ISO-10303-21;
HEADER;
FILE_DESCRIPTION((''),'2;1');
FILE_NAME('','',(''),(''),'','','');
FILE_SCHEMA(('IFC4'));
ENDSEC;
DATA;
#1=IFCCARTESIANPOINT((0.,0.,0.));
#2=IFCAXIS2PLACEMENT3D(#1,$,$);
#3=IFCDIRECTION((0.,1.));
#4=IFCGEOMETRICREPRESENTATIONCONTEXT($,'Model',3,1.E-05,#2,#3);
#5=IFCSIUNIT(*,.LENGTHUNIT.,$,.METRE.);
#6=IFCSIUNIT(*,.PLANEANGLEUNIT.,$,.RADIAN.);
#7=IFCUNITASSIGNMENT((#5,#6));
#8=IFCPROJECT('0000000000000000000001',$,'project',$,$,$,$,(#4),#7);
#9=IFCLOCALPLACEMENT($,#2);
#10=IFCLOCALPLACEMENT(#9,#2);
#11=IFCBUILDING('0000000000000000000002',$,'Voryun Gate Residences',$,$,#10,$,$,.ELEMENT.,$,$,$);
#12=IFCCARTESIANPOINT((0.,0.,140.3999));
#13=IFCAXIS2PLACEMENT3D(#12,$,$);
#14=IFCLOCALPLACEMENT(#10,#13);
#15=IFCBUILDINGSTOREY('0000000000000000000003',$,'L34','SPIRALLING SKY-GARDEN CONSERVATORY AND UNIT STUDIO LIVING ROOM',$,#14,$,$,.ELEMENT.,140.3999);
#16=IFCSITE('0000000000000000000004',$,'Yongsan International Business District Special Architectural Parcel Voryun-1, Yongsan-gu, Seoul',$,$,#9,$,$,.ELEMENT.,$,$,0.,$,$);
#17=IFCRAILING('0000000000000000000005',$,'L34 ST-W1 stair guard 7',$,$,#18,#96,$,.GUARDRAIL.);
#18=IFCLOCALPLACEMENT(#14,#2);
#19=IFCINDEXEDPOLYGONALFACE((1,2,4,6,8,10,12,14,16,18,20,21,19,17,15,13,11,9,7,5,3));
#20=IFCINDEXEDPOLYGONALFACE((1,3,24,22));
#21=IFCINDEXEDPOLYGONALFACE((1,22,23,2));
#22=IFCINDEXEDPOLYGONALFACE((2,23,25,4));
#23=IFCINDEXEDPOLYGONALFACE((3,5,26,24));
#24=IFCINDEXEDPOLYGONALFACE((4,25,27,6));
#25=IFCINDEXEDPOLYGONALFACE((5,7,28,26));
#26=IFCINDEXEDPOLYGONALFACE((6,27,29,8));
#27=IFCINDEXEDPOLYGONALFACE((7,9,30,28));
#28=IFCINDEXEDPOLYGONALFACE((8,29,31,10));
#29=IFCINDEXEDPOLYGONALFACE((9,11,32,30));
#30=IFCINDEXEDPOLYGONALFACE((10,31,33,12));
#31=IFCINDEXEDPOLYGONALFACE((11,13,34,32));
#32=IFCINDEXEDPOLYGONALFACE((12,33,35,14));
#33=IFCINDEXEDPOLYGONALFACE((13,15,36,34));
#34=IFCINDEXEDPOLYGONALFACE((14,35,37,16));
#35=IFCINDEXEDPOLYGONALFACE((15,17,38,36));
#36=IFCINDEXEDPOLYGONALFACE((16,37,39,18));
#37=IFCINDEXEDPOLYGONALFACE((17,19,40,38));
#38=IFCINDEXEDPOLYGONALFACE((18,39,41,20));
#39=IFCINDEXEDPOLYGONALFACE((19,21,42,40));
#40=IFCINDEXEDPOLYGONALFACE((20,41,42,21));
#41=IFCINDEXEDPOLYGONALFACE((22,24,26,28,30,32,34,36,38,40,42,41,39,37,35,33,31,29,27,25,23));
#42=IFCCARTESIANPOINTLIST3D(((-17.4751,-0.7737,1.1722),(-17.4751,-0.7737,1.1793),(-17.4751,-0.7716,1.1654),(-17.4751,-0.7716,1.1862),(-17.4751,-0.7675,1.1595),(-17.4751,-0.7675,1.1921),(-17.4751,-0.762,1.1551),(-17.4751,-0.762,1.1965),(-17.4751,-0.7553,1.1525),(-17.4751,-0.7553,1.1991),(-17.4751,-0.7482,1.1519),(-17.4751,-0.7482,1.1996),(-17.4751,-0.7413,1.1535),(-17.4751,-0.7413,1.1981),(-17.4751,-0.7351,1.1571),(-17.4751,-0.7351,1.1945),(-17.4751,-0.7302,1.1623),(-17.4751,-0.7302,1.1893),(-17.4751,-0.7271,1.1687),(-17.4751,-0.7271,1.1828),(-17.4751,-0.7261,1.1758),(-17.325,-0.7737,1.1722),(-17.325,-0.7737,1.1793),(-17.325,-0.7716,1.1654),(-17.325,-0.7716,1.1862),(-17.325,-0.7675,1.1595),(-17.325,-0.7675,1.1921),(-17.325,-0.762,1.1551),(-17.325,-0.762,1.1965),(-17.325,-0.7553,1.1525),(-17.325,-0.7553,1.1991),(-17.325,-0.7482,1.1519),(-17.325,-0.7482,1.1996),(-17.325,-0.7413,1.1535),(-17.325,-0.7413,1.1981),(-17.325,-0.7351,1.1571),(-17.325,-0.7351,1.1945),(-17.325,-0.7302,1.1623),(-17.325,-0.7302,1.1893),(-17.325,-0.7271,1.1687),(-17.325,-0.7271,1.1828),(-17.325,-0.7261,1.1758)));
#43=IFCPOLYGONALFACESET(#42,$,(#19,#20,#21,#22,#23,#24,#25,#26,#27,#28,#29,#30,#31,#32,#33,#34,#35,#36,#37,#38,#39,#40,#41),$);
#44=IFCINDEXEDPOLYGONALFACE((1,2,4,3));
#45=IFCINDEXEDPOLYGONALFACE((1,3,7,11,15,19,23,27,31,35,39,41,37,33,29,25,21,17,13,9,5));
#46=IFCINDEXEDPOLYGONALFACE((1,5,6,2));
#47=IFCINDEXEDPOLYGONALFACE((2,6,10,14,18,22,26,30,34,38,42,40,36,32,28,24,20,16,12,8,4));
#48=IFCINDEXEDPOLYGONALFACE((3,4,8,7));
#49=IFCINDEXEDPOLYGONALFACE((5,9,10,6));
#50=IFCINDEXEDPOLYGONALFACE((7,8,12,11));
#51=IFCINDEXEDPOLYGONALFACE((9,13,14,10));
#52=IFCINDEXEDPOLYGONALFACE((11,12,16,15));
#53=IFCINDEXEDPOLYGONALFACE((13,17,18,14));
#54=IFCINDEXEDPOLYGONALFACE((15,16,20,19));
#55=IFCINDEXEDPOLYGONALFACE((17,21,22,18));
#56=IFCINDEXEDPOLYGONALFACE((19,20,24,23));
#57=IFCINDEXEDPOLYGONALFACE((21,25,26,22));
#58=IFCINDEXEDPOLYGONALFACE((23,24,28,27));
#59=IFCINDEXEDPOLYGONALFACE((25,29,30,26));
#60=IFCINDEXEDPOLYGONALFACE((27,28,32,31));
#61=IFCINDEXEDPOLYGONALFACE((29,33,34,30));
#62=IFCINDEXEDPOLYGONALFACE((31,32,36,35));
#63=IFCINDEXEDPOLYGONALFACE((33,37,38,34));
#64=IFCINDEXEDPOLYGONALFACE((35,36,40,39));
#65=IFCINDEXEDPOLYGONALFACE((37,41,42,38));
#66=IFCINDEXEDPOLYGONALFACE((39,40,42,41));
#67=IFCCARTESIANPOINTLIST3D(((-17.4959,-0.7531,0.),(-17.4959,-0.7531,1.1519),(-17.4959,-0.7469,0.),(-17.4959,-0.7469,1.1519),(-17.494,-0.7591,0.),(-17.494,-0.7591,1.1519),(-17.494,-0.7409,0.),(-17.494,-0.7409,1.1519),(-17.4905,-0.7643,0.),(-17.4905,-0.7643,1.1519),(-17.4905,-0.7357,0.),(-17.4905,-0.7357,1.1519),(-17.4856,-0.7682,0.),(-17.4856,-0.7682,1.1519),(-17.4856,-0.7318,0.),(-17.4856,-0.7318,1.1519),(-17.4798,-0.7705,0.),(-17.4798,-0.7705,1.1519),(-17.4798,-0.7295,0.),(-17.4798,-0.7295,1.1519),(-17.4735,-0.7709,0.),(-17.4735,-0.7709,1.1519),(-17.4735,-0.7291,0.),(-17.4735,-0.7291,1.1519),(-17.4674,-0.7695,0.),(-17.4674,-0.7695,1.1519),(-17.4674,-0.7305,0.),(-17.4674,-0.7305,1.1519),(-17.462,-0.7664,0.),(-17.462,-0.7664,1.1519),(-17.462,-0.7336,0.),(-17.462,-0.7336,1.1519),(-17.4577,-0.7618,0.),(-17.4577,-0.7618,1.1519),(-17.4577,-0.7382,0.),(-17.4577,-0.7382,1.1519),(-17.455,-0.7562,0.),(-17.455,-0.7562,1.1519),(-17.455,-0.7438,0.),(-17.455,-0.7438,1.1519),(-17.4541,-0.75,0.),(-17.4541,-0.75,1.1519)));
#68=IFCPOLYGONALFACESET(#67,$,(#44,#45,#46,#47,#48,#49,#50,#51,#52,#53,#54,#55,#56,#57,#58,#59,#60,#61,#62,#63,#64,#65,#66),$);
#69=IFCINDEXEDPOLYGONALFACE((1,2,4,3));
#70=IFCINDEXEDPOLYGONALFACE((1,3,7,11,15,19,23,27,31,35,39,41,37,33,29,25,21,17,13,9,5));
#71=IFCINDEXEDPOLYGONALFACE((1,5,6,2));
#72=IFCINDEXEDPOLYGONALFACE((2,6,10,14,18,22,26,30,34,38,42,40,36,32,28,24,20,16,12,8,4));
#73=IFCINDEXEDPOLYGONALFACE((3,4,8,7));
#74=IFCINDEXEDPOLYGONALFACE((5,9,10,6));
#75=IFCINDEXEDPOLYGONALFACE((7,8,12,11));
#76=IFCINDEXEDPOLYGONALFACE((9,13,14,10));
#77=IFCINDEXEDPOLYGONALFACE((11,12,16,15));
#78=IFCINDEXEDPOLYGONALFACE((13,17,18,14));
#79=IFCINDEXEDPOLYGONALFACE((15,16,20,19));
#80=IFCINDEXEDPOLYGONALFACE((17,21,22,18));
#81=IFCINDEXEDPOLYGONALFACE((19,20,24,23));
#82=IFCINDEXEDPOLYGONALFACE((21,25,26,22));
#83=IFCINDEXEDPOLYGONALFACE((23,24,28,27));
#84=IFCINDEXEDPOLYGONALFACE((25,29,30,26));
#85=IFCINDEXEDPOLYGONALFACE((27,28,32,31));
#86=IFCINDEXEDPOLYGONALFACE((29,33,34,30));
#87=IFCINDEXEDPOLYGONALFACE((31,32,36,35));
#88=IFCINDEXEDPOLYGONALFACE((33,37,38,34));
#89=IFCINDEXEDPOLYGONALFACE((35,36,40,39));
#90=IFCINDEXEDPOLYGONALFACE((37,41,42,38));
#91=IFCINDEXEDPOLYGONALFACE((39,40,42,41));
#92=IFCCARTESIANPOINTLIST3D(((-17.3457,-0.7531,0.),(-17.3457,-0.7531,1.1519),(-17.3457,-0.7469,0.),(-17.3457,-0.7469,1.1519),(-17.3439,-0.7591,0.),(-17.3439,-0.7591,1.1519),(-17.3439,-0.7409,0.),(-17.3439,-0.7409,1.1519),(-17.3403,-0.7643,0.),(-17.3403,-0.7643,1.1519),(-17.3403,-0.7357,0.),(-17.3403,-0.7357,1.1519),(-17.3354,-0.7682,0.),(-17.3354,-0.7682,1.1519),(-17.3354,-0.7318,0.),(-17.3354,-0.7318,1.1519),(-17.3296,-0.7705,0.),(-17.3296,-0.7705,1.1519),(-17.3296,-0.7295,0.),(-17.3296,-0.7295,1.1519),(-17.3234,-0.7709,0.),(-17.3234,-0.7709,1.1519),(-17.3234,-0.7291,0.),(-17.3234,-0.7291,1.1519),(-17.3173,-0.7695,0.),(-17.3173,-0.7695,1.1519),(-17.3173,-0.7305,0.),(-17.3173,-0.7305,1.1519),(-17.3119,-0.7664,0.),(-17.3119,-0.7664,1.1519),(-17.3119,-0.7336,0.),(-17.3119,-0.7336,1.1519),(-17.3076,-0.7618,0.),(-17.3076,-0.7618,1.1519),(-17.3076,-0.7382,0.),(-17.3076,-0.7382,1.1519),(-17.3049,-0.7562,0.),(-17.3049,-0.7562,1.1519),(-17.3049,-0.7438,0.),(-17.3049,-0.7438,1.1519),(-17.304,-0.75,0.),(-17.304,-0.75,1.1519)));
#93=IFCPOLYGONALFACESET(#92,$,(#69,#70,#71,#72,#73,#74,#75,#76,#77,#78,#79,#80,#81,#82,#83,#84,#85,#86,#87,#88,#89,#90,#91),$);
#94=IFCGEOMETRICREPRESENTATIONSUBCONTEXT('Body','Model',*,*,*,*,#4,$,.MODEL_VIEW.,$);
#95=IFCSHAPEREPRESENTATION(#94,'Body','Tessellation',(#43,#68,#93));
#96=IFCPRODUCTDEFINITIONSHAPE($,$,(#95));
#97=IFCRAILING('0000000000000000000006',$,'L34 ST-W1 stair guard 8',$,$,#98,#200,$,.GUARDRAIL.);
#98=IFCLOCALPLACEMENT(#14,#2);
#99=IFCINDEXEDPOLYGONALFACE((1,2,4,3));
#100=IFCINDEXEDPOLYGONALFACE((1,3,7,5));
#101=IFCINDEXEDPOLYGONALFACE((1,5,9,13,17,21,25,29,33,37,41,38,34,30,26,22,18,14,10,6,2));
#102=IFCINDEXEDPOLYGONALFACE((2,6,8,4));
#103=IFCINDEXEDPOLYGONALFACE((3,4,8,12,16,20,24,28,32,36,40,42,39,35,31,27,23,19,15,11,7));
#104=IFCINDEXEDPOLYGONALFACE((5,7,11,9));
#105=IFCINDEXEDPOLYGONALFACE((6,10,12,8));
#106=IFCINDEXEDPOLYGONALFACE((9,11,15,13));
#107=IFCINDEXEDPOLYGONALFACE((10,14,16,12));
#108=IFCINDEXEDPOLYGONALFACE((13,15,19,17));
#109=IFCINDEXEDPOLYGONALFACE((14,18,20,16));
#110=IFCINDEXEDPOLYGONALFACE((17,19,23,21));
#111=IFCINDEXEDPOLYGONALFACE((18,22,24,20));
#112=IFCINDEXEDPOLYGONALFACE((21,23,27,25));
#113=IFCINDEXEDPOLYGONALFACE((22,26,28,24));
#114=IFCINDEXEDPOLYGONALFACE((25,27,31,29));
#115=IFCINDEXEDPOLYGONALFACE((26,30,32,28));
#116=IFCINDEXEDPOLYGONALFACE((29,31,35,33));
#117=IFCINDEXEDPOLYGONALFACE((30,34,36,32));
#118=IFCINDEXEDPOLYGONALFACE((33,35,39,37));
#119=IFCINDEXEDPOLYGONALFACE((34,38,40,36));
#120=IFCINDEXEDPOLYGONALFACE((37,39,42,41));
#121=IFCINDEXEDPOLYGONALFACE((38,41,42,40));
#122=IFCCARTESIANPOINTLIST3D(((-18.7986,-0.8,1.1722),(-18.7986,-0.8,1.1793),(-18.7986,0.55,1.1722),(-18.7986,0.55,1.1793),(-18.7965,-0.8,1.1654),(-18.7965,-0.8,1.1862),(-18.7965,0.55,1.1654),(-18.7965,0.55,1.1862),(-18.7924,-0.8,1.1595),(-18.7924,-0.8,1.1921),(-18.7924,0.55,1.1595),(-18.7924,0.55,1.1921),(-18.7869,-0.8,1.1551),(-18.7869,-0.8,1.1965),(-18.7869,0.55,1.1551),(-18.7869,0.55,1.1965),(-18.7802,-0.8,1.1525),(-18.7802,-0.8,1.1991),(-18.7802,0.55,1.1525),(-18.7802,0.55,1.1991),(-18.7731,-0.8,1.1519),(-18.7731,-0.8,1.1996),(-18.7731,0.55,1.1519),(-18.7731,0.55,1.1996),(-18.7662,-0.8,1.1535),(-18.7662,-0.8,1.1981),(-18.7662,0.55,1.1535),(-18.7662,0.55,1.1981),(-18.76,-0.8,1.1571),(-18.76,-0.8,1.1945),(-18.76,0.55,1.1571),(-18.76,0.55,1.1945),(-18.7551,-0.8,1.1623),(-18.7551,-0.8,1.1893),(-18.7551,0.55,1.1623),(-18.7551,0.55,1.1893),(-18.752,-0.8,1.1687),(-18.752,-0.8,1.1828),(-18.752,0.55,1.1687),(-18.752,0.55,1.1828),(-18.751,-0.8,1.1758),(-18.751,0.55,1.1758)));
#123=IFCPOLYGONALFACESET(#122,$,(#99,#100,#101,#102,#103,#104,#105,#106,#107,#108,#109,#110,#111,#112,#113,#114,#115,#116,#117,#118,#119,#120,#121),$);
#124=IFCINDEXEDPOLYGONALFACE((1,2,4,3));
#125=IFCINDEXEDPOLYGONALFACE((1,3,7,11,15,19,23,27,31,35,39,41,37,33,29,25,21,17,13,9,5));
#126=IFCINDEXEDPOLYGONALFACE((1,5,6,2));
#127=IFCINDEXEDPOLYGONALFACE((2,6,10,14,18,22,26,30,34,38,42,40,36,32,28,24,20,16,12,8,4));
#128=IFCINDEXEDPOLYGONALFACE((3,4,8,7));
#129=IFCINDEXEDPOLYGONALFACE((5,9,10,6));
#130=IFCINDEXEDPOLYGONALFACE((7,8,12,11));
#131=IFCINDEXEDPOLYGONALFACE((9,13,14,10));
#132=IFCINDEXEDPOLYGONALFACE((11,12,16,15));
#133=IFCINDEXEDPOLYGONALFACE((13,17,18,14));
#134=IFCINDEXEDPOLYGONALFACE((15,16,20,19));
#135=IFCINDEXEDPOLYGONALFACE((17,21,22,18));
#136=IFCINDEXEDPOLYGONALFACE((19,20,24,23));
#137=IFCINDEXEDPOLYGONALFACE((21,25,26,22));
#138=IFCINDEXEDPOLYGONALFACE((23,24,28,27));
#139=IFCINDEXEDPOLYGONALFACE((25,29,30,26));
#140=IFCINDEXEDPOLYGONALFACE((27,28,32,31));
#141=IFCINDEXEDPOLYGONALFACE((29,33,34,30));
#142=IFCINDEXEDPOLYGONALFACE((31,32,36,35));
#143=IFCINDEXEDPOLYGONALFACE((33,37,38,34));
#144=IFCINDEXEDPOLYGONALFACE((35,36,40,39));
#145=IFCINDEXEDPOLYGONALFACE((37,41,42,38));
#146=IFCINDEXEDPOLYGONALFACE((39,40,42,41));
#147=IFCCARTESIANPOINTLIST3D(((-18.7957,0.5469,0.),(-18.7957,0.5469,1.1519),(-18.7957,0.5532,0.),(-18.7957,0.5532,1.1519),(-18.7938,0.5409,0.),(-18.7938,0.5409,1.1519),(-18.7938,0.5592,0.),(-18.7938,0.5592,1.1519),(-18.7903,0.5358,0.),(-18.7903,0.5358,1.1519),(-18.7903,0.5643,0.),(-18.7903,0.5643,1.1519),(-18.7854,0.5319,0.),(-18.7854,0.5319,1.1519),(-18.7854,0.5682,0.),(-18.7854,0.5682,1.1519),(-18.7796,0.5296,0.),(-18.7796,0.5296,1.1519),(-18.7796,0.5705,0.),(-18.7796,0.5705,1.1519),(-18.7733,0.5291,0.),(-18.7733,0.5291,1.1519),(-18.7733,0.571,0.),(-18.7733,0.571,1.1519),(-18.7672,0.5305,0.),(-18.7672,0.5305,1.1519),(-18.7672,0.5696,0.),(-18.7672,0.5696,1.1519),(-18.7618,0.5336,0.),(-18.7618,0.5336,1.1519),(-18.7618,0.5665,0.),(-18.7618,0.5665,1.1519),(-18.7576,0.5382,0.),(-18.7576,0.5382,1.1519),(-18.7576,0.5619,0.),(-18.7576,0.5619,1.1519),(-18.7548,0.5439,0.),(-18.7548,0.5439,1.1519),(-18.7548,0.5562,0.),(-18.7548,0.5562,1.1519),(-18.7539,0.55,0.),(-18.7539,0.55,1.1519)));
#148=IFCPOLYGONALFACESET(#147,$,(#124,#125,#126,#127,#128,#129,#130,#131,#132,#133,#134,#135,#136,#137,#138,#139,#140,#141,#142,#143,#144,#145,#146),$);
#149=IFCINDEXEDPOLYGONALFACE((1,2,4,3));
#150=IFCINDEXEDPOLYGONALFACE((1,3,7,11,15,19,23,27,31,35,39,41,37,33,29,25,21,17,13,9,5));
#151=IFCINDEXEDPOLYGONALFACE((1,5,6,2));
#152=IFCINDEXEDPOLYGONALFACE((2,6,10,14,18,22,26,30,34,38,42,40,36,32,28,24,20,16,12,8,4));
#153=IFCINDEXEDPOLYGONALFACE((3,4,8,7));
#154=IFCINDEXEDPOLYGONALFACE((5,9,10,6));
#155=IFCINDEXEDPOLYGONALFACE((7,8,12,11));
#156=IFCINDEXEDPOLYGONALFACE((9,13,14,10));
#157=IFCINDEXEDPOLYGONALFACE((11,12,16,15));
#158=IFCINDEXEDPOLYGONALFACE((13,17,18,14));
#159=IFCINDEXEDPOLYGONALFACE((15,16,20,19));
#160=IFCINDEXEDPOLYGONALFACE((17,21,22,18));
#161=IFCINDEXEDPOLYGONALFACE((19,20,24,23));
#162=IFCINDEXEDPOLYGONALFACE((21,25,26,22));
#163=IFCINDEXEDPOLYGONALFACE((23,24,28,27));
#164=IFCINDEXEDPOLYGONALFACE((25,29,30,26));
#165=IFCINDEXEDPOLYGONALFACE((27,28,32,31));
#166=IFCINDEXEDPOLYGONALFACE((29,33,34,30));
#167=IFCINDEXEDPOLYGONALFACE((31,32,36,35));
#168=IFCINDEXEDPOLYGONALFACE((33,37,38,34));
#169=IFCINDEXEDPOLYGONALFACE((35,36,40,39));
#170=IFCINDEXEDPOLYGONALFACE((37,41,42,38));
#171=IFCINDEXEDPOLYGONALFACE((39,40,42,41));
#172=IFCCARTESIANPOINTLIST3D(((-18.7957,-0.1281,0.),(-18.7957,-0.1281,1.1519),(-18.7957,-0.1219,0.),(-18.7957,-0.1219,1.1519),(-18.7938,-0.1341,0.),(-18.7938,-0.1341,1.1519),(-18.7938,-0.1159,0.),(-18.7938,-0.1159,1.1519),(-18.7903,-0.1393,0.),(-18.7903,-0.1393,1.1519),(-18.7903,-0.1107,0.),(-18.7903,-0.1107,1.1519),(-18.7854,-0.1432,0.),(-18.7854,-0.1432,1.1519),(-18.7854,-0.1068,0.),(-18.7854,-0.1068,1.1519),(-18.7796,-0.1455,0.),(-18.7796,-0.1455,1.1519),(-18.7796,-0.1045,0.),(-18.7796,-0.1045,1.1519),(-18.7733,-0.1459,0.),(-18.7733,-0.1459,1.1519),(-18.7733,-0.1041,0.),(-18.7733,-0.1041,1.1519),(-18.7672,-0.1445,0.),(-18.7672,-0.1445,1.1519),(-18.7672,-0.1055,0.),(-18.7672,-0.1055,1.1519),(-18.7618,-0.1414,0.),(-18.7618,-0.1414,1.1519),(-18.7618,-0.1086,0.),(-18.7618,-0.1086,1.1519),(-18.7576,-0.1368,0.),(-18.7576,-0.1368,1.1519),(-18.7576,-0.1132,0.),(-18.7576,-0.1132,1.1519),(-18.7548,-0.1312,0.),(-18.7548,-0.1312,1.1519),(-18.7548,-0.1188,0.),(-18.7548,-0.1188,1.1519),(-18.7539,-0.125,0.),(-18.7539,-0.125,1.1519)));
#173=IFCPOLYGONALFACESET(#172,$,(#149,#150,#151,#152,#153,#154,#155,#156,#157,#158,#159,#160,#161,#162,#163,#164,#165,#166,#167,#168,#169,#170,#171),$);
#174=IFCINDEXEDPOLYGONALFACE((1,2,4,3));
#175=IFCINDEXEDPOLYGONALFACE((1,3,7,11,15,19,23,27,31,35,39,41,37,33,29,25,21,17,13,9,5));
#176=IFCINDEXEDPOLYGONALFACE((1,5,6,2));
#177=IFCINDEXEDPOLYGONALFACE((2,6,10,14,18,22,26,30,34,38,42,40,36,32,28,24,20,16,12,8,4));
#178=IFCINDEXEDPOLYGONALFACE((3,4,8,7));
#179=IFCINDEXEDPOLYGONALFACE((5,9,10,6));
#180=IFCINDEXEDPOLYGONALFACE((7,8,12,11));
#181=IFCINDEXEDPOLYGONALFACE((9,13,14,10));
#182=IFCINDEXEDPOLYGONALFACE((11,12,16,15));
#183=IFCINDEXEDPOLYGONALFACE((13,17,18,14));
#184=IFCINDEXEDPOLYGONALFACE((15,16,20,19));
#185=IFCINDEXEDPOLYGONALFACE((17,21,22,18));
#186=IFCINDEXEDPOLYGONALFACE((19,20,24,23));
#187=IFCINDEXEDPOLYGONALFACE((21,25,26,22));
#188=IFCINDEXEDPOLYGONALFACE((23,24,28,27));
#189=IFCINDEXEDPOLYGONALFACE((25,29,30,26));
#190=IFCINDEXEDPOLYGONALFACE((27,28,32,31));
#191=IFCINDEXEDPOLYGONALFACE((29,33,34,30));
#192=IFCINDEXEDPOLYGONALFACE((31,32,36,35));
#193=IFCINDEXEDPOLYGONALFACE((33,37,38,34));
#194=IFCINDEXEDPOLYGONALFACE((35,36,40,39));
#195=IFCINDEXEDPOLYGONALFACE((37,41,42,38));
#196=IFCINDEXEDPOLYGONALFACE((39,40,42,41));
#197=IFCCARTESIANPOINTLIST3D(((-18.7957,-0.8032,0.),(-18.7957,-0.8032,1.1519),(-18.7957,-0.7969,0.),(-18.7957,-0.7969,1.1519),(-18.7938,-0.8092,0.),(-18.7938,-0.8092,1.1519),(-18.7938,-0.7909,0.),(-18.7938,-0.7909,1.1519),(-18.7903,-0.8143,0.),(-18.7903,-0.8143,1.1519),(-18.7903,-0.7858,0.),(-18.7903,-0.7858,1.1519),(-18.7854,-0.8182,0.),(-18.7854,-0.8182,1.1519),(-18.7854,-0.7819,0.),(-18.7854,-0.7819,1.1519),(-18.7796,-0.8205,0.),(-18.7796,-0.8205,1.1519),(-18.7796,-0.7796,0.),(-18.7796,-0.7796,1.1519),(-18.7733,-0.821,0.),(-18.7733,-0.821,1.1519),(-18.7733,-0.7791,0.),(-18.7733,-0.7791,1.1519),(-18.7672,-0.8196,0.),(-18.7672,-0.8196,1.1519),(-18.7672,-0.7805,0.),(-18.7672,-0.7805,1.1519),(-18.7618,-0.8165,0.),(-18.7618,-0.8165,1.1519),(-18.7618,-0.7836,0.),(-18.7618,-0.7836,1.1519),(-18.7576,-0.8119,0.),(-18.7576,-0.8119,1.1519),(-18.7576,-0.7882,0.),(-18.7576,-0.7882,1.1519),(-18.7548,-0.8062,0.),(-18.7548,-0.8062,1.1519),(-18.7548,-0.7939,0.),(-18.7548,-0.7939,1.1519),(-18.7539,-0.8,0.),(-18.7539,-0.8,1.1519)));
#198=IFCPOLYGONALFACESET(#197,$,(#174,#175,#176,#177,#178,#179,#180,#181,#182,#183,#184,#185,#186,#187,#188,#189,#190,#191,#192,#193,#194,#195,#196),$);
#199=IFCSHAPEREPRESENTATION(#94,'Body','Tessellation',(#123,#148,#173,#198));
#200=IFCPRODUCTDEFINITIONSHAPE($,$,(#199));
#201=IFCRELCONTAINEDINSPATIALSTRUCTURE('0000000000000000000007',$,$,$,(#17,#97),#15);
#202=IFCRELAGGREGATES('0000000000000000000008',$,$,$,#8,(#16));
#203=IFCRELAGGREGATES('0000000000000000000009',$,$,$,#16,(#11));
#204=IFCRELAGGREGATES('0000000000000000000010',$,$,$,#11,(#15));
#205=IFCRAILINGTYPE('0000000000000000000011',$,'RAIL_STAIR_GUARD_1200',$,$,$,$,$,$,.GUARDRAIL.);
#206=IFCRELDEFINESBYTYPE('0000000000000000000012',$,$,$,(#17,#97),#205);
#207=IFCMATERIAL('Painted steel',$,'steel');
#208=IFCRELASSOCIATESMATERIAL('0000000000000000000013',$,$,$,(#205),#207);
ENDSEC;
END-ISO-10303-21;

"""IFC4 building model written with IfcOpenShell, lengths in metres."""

from ifc_helpers import new_model, si_unit, direction, frame, origin, origin_2d, place, context, subcontext, project, spatial, circle, extrude, material, type_object, element, save


model = new_model("IFC4")

# Units and contexts
model_context = context("Model", 3, precision=1e-05, world=origin(), true_north=direction((0.0, 1.0)))
body_context = subcontext(model_context, "Body", "Model", "MODEL_VIEW")
ifc_project = project(units=[si_unit("LENGTHUNIT", "METRE"), si_unit("PLANEANGLEUNIT", "RADIAN")], contexts=[model_context])

# Site, building, storey
site_placement = place(None, origin())
site = spatial("IfcSite", under=ifc_project, at=site_placement, Name="Yongsan International Business District Special Architectural Parcel Voryun-1, Yongsan-gu, Seoul", CompositionType="ELEMENT", RefElevation=0.0)
building_placement = place(site_placement, origin())
building = spatial("IfcBuilding", under=site, at=building_placement, Name="Voryun Gate Residences", CompositionType="ELEMENT")
storey_placement = place(building_placement, frame((0.0, 0.0, 140.3999)))
storey = spatial("IfcBuildingStorey", under=building, at=storey_placement, Name="L34", Description="SPIRALLING SKY-GARDEN CONSERVATORY AND UNIT STUDIO LIVING ROOM", CompositionType="ELEMENT", Elevation=140.3999)

# Railings
ifc_material_1 = material(Name="Painted steel", Category="steel")
railing_type_1 = type_object("IfcRailingType", Name="RAIL_STAIR_GUARD_1200", PredefinedType="GUARDRAIL", material=ifc_material_1)
railing_1_placement = place(storey_placement, frame((-17.4751, -0.75, 0.0)))
element("IfcRailing", 1, at=railing_1_placement, inside=storey, type_object=railing_type_1, Name="L34 ST-W1 stair guard 7", PredefinedType="GUARDRAIL", context=body_context, shape_type="SweptSolid", body=[
    extrude(circle(Radius=0.0239, at=origin_2d()), frame((0.0, 0.0, 1.1758), z_axis=(1.0, 0.0, 0.0), x_axis=(0.0, 1.0, 0.0)), (0.0, 0.0, 1.0), 0.1501),
    extrude(circle(Radius=0.021, at=origin_2d()), origin(), (0.0, 0.0, 1.0), 1.1519),
    extrude(circle(Radius=0.021, at=origin_2d()), frame((0.1501, 0.0, 0.0)), (0.0, 0.0, 1.0), 1.1519),
])
for number, where, name in (
    (2, (-18.7749, 0.55, 0.0), "L34 ST-W1 stair guard 8"),
):
    element("IfcRailing", number, at=place(storey_placement, frame(where)), inside=storey, type_object=railing_type_1, Name=name, PredefinedType="GUARDRAIL", context=body_context, shape_type="SweptSolid", body=[
        extrude(circle(Radius=0.0239, at=origin_2d()), frame((0.0, 0.0, 1.1758), z_axis=(0.0, -1.0, 0.0), x_axis=(1.0, 0.0, 0.0)), (0.0, 0.0, 1.0), 1.3501),
        extrude(circle(Radius=0.021, at=origin_2d()), origin(), (0.0, 0.0, 1.0), 1.1519),
        extrude(circle(Radius=0.021, at=origin_2d()), frame((0.0, -0.675, 0.0)), (0.0, 0.0, 1.0), 1.1519),
        extrude(circle(Radius=0.021, at=origin_2d()), frame((0.0, -1.3501, 0.0)), (0.0, 0.0, 1.0), 1.1519),
    ])

save(model, "model.ifc")
